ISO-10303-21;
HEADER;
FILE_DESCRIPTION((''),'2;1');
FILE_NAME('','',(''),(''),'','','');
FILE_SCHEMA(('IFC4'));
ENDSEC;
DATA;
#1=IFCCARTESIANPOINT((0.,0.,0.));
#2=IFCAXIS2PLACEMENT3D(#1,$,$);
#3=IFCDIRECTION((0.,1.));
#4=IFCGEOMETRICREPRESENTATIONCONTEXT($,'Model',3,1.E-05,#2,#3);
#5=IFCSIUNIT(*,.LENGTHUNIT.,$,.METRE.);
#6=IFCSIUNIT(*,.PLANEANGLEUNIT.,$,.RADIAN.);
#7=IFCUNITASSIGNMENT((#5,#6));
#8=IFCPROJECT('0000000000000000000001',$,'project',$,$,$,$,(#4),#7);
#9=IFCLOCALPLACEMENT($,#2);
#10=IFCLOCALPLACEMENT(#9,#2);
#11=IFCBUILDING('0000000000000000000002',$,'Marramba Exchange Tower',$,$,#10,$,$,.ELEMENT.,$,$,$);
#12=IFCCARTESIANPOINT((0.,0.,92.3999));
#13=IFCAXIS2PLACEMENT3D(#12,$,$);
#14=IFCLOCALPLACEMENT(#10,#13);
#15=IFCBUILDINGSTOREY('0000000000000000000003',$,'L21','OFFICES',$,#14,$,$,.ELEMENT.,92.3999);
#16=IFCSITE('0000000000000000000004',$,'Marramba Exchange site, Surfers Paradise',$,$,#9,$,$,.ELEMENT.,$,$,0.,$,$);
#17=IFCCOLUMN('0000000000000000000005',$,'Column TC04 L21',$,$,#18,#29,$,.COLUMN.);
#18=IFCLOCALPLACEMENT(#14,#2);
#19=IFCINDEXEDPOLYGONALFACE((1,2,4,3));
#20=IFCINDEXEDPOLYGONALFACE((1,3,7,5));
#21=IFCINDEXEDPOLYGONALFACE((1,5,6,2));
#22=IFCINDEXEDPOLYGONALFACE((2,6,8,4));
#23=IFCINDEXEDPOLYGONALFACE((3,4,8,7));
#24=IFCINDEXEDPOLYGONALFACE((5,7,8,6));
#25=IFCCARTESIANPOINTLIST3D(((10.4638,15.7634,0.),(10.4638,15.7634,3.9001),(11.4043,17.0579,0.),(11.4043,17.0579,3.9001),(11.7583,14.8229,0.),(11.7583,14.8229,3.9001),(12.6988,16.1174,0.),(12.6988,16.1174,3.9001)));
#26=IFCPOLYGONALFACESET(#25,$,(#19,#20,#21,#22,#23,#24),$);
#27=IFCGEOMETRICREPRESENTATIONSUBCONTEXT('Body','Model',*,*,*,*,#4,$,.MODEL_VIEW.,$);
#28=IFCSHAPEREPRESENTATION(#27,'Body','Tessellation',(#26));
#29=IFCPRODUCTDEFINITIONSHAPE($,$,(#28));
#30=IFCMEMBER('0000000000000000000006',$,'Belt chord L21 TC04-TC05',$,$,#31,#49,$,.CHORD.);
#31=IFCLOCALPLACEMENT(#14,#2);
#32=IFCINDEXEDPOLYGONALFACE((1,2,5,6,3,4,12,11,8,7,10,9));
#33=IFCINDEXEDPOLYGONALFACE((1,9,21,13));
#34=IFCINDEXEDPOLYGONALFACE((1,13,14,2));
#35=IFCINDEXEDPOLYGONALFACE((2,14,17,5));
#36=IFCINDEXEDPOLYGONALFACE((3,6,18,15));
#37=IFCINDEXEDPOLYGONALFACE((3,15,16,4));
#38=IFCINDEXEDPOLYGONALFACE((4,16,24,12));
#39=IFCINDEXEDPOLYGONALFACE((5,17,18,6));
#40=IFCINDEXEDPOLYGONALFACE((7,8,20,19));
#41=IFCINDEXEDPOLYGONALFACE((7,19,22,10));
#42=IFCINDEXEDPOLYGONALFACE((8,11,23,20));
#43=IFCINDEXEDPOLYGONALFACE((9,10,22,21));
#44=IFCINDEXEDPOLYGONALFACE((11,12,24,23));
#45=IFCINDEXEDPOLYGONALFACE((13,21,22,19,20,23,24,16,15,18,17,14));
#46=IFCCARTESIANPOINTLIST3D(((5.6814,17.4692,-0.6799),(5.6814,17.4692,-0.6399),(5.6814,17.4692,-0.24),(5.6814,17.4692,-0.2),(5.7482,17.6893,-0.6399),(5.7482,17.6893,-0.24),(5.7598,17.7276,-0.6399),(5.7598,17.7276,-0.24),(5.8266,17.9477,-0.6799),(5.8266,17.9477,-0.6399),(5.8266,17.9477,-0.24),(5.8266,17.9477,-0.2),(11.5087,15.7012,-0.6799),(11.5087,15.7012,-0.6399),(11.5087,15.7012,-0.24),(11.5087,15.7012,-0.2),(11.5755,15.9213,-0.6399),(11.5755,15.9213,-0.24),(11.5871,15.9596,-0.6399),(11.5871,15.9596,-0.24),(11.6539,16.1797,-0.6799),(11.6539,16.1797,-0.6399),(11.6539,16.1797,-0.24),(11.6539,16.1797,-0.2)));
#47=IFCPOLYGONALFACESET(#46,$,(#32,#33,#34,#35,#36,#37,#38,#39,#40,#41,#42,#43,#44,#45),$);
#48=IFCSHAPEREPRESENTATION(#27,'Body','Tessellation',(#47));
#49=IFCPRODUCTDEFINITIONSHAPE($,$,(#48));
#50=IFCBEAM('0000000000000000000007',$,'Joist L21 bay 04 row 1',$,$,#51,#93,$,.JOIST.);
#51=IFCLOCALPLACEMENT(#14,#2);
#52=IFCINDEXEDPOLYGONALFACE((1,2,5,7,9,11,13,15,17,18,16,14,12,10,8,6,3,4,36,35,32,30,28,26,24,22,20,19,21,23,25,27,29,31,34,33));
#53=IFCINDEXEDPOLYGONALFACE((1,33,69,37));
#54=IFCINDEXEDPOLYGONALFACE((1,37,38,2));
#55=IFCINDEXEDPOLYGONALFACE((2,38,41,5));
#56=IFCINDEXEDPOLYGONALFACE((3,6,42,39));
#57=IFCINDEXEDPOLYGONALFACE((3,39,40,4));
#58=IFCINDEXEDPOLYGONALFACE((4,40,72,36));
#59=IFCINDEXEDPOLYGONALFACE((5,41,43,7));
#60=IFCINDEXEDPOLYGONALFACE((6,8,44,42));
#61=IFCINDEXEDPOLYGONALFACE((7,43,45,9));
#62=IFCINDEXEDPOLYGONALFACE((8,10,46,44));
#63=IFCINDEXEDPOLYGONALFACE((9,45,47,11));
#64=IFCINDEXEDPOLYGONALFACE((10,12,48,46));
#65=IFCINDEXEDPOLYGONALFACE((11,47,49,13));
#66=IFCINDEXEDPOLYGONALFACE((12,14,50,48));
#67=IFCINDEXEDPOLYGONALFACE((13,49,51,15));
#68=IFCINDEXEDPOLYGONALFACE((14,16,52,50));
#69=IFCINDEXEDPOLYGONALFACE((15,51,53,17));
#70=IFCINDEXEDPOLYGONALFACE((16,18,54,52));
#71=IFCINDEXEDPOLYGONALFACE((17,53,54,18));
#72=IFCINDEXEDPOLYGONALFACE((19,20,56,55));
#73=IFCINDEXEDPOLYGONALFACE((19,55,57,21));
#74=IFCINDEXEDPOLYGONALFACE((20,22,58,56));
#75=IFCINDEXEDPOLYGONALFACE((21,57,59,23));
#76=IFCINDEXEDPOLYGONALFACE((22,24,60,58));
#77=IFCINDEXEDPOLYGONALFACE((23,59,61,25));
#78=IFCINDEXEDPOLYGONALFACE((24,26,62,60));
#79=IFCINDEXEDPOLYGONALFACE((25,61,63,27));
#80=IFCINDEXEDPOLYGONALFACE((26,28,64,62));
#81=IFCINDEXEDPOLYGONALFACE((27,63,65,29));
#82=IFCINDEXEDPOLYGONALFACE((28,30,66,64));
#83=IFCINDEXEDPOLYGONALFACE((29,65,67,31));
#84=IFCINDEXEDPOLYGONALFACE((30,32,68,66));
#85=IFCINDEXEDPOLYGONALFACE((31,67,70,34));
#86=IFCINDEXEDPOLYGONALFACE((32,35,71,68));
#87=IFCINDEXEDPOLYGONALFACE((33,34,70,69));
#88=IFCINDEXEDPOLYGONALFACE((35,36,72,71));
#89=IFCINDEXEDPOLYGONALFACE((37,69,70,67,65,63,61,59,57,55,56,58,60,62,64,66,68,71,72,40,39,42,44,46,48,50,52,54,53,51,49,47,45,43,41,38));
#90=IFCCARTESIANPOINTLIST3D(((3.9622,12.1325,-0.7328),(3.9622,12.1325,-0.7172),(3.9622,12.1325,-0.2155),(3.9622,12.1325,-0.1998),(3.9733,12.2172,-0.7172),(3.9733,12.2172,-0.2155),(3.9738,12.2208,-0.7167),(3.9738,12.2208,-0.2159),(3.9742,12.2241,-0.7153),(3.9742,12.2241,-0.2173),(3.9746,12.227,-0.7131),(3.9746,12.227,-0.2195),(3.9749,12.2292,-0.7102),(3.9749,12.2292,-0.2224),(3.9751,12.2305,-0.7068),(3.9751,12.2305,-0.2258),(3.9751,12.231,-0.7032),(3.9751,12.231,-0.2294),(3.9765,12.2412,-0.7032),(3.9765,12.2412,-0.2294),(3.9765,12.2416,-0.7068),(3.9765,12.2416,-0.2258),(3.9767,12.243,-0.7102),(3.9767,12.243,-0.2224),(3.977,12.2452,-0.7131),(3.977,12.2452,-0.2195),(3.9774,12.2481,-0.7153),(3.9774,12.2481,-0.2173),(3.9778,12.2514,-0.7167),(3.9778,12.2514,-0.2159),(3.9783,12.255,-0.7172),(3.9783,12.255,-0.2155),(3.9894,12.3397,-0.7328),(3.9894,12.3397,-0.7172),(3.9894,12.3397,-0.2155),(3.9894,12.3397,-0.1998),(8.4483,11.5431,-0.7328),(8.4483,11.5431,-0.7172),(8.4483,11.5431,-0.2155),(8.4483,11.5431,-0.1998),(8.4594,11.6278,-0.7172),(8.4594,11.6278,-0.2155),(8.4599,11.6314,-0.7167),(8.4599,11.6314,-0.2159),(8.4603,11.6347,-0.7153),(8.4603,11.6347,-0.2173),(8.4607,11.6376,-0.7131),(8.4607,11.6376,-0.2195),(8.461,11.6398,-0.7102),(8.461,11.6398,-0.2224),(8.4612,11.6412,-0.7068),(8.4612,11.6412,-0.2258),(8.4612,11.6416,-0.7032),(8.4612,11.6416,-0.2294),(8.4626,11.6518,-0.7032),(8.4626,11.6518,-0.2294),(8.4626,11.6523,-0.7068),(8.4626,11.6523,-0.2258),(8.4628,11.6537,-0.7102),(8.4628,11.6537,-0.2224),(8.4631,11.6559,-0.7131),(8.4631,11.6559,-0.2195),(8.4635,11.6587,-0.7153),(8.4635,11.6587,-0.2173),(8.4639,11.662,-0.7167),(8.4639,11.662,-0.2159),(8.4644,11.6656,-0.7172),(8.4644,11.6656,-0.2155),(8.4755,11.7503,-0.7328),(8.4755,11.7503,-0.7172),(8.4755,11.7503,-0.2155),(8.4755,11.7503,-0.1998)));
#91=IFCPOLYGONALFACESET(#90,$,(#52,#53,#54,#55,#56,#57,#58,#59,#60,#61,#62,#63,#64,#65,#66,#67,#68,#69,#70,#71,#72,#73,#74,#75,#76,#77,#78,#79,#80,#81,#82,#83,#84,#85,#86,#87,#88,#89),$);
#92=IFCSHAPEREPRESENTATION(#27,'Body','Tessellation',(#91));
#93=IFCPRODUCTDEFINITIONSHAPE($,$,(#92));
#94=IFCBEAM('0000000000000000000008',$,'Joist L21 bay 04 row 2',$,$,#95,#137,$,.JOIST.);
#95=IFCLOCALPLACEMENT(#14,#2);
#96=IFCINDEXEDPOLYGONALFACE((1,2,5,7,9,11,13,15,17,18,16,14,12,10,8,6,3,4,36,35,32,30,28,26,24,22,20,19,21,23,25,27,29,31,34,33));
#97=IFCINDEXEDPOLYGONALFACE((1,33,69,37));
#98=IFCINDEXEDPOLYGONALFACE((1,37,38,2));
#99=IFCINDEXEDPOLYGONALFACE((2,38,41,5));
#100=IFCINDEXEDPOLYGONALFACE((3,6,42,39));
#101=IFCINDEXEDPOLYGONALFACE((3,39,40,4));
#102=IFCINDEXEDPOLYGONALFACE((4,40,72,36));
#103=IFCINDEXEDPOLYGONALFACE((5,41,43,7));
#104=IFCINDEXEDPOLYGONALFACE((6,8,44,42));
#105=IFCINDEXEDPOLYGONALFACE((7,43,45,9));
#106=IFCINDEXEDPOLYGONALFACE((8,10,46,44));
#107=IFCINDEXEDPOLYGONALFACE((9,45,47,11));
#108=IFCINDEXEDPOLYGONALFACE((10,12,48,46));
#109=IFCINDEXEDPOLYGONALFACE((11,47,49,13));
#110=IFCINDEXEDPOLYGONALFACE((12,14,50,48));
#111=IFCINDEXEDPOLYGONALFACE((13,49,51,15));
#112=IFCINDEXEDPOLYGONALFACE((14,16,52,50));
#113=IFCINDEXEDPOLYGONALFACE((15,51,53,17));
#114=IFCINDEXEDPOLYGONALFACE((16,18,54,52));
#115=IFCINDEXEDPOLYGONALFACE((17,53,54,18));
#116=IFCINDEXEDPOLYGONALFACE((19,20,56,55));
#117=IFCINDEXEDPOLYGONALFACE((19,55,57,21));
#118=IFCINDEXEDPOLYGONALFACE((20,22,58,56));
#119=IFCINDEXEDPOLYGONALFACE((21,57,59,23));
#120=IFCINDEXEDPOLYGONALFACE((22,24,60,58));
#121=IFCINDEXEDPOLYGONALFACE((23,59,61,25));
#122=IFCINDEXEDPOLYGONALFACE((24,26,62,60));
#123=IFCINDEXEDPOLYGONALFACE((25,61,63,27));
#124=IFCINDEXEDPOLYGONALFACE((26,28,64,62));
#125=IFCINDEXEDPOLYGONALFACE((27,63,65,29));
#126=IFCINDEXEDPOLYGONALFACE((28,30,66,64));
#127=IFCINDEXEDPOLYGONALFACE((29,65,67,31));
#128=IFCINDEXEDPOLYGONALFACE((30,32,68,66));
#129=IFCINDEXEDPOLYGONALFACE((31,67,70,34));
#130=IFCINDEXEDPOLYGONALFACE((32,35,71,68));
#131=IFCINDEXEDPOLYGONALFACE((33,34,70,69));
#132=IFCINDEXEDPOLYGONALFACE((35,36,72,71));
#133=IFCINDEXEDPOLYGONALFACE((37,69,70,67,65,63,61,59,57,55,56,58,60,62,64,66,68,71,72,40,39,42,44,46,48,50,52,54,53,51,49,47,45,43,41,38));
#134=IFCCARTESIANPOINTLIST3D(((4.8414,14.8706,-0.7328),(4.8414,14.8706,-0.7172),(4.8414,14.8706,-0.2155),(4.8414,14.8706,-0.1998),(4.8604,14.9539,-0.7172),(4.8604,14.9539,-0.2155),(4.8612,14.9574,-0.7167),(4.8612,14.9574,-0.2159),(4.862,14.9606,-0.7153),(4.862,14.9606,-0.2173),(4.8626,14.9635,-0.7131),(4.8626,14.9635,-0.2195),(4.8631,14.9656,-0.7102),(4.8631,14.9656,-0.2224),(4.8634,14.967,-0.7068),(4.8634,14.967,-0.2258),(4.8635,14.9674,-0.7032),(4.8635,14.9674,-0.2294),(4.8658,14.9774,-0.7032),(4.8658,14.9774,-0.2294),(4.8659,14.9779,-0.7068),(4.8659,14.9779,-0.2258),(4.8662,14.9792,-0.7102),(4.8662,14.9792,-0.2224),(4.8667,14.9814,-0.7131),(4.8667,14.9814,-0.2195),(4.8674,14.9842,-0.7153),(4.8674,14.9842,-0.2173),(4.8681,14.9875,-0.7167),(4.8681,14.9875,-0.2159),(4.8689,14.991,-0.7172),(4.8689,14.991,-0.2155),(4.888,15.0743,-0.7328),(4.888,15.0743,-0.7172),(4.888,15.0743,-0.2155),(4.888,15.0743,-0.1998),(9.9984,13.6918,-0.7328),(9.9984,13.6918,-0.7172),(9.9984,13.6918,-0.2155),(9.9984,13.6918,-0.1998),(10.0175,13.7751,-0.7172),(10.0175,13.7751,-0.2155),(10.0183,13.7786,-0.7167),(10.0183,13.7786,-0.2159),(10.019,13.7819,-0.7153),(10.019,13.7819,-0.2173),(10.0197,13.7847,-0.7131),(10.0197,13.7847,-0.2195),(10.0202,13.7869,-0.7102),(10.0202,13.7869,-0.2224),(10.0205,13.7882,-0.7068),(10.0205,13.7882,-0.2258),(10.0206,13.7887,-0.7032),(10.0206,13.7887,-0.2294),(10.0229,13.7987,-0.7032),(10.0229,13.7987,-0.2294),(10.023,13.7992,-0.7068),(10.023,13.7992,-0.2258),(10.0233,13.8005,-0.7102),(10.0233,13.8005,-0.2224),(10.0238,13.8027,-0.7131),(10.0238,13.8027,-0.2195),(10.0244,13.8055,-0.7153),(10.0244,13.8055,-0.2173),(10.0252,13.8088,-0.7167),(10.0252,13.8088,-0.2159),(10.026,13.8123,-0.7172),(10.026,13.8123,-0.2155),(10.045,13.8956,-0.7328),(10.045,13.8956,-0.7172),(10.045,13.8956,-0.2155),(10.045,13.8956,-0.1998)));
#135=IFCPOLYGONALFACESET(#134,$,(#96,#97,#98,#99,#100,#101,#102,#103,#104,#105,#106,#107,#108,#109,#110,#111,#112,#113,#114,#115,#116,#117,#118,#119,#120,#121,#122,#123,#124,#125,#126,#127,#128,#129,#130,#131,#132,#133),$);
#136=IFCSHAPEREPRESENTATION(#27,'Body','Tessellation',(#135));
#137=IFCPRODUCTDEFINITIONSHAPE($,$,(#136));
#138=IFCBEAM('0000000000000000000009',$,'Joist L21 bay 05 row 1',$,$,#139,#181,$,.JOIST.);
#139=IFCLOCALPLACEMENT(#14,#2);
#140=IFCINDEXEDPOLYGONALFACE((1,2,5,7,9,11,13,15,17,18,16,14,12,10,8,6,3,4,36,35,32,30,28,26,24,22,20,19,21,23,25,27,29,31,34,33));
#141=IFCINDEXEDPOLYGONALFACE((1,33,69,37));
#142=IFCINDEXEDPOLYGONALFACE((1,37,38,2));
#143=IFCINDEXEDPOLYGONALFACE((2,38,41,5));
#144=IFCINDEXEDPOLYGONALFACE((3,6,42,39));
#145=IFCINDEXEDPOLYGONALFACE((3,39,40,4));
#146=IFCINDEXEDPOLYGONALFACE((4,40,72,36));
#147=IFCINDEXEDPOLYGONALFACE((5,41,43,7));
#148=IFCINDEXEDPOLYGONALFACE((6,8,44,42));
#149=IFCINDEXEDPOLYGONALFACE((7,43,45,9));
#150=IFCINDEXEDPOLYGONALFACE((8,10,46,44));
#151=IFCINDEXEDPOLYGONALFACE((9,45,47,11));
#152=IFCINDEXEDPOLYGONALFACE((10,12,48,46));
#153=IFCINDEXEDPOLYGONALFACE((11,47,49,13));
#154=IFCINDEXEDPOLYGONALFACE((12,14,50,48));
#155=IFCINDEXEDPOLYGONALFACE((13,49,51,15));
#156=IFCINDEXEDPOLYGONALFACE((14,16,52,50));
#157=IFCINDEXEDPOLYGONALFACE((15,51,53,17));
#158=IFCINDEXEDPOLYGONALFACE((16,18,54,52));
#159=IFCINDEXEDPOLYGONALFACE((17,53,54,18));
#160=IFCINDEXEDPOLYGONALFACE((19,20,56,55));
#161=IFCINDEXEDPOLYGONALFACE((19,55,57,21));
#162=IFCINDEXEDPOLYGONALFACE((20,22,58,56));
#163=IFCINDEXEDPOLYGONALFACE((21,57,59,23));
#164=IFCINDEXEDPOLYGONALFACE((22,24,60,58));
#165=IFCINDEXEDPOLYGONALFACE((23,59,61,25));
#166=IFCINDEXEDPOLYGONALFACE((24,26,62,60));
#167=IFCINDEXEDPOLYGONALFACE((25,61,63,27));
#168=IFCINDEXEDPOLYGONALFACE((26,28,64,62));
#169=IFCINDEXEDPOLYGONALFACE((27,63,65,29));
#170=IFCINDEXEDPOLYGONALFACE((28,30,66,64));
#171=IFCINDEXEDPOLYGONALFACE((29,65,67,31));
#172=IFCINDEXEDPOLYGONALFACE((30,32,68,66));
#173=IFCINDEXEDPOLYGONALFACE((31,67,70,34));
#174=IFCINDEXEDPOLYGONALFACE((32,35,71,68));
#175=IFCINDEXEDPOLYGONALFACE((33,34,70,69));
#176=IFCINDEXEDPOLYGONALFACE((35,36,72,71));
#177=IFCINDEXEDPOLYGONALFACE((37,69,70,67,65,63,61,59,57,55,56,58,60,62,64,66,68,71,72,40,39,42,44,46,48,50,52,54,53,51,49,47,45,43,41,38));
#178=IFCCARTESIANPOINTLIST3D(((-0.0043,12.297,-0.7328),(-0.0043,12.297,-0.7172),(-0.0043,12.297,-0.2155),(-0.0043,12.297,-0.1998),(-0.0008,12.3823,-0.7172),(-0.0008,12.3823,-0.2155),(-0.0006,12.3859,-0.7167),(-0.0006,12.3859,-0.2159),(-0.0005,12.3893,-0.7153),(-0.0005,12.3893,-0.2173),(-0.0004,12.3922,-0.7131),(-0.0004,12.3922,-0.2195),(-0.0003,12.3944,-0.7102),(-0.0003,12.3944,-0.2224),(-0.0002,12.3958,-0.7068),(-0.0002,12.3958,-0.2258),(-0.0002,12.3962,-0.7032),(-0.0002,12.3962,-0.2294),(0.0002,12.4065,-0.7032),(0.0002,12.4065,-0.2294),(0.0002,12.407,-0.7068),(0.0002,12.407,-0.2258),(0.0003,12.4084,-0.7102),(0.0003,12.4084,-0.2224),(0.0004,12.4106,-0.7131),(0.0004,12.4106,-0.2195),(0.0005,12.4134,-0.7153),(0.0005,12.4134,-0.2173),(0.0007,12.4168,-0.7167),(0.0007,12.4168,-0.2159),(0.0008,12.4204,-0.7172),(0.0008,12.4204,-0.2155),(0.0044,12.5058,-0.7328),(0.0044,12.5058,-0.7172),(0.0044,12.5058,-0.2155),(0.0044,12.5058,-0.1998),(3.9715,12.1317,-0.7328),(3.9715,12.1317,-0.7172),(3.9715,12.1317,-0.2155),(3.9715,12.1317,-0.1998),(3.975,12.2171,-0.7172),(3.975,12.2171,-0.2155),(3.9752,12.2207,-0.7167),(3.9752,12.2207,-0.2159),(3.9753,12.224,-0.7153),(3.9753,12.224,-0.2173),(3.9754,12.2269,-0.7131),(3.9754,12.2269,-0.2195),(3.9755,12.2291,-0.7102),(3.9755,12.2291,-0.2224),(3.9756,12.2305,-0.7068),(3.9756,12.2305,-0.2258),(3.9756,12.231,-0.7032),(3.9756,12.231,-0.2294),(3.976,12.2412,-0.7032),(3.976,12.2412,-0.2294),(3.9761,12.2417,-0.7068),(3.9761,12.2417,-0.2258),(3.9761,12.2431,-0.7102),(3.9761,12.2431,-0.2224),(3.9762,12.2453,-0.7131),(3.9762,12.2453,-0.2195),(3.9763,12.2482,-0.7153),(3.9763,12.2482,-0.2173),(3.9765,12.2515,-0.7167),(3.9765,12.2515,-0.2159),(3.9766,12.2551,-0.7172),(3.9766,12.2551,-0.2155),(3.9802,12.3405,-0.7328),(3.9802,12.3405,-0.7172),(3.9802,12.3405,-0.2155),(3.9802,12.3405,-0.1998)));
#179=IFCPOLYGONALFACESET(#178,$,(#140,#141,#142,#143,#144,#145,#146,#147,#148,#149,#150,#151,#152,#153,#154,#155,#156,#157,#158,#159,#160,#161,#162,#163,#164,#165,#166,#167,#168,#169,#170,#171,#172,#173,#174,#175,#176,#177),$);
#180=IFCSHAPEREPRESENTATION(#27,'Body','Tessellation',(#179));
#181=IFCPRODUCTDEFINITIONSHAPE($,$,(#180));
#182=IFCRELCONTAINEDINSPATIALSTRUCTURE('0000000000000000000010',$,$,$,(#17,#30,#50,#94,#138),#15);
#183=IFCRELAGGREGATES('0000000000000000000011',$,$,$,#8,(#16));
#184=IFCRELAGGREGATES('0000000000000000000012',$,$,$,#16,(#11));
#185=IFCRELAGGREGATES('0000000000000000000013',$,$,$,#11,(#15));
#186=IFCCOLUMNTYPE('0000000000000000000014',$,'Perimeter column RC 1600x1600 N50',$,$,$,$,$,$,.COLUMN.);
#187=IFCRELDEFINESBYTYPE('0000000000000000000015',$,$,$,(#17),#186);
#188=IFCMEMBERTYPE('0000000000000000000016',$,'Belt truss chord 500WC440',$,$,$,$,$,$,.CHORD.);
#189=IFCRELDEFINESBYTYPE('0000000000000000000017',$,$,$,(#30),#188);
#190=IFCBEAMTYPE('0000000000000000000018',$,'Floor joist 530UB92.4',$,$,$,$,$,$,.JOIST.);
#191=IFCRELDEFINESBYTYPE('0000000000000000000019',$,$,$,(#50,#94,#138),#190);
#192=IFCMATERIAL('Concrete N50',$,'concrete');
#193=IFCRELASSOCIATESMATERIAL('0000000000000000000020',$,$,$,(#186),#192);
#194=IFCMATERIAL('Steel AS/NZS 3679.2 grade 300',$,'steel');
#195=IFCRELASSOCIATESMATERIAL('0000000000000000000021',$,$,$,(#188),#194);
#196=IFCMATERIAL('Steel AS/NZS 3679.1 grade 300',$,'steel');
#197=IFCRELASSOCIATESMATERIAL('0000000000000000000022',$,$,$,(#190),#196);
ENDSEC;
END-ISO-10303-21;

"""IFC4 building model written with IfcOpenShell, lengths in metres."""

from ifc_helpers import new_model, si_unit, direction, frame, origin, origin_2d, place, context, subcontext, project, spatial, rectangle, i_section, extrude, material, material_profile, profile_set, type_object, element, save


model = new_model("IFC4")

# Units and contexts
model_context = context("Model", 3, precision=1e-05, world=origin(), true_north=direction((0.0, 1.0)))
body_context = subcontext(model_context, "Body", "Model", "MODEL_VIEW")
ifc_project = project(units=[si_unit("LENGTHUNIT", "METRE"), si_unit("PLANEANGLEUNIT", "RADIAN")], contexts=[model_context])

# Site, building, storey
site_placement = place(None, origin())
site = spatial("IfcSite", under=ifc_project, at=site_placement, Name="Marramba Exchange site, Surfers Paradise", CompositionType="ELEMENT", RefElevation=0.0)
building_placement = place(site_placement, origin())
building = spatial("IfcBuilding", under=site, at=building_placement, Name="Marramba Exchange Tower", CompositionType="ELEMENT")
storey_placement = place(building_placement, frame((0.0, 0.0, 92.3999)))
storey = spatial("IfcBuildingStorey", under=building, at=storey_placement, Name="L21", Description="OFFICES", CompositionType="ELEMENT", Elevation=92.3999)

# Column
ifc_material_1 = material(Name="Concrete N50", Category="concrete")
ifc_material_profile_1 = material_profile(ifc_material_1, rectangle(XDim=1.6001, YDim=1.6001, at=origin_2d()), Name="RC 1600x1600")
ifc_profile_set_1 = profile_set([ifc_material_profile_1], Name="Concrete N50")
column_type = type_object("IfcColumnType", Name="Perimeter column RC 1600x1600 N50", PredefinedType="COLUMN", material=ifc_profile_set_1)
column_placement = place(storey_placement, frame((11.5813, 15.9404, 0.0), z_axis=(0.0, 0.0, 1.0), x_axis=(0.587785, 0.809017, 0.0)))
element("IfcColumn", 1, at=column_placement, inside=storey, type_object=column_type, Name="Column TC04 L21", PredefinedType="COLUMN", context=body_context, shape_type="SweptSolid", body=[
    extrude(rectangle(XDim=1.6001, YDim=1.6001, at=origin_2d()), origin(), (0.0, 0.0, 1.0), 3.9001),
])

# Member
ifc_material_2 = material(Name="Steel AS/NZS 3679.2 grade 300", Category="steel")
ifc_material_profile_2 = material_profile(ifc_material_2, i_section(OverallWidth=0.5, OverallDepth=0.48, WebThickness=0.04, FlangeThickness=0.04, at=origin_2d()), Name="500WC440")
ifc_profile_set_2 = profile_set([ifc_material_profile_2], Name="Steel AS/NZS 3679.2 grade 300")
member_type = type_object("IfcMemberType", Name="Belt truss chord 500WC440", PredefinedType="CHORD", material=ifc_profile_set_2)
member_placement = place(storey_placement, frame((11.5813, 15.9404, -0.4399), z_axis=(-0.956925, 0.290337, 0.0), x_axis=(-0.290337, -0.956925, 0.0)))
element("IfcMember", 2, at=member_placement, inside=storey, type_object=member_type, Name="Belt chord L21 TC04-TC05", PredefinedType="CHORD", context=body_context, shape_type="SweptSolid", body=[
    extrude(i_section(OverallWidth=0.5, OverallDepth=0.48, WebThickness=0.04, FlangeThickness=0.04, at=origin_2d()), origin(), (0.0, 0.0, 1.0), 6.0896),
])

# Beams
ifc_material_3 = material(Name="Steel AS/NZS 3679.1 grade 300", Category="steel")
ifc_material_profile_3 = material_profile(ifc_material_3, i_section(OverallWidth=0.209, OverallDepth=0.533, WebThickness=0.0103, FlangeThickness=0.0156, FilletRadius=0.0139, at=origin_2d()), Name="530UB92.4")
ifc_profile_set_3 = profile_set([ifc_material_profile_3], Name="Steel AS/NZS 3679.1 grade 300")
beam_type_1 = type_object("IfcBeamType", Name="Floor joist 530UB92.4", PredefinedType="JOIST", material=ifc_profile_set_3)
beam_1_placement = place(storey_placement, frame((8.4619, 11.6467, -0.4663), z_axis=(-0.991481, 0.130255, 0.0), x_axis=(-0.130255, -0.991481, 0.0)))
element("IfcBeam", 3, at=beam_1_placement, inside=storey, type_object=beam_type_1, Name="Joist L21 bay 04 row 1", PredefinedType="JOIST", context=body_context, shape_type="SweptSolid", body=[
    extrude(i_section(OverallWidth=0.209, OverallDepth=0.533, WebThickness=0.0103, FlangeThickness=0.0156, FilletRadius=0.0139, at=origin_2d()), origin(), (0.0, 0.0, 1.0), 4.5247),
])
beam_2_placement = place(storey_placement, frame((10.0217, 13.7937, -0.4663), z_axis=(-0.97486, 0.22282, 0.0), x_axis=(-0.22282, -0.97486, 0.0)))
element("IfcBeam", 4, at=beam_2_placement, inside=storey, type_object=beam_type_1, Name="Joist L21 bay 04 row 2", PredefinedType="JOIST", context=body_context, shape_type="SweptSolid", body=[
    extrude(i_section(OverallWidth=0.209, OverallDepth=0.533, WebThickness=0.0103, FlangeThickness=0.0156, FilletRadius=0.0139, at=origin_2d()), origin(), (0.0, 0.0, 1.0), 5.29),
])
beam_3_placement = place(storey_placement, frame((3.9758, 12.2361, -0.4663), z_axis=(-0.999137, 0.041536, 0.0), x_axis=(-0.041536, -0.999137, 0.0)))
element("IfcBeam", 5, at=beam_3_placement, inside=storey, type_object=beam_type_1, Name="Joist L21 bay 05 row 1", PredefinedType="JOIST", context=body_context, shape_type="SweptSolid", body=[
    extrude(i_section(OverallWidth=0.209, OverallDepth=0.533, WebThickness=0.0103, FlangeThickness=0.0156, FilletRadius=0.0139, at=origin_2d()), origin(), (0.0, 0.0, 1.0), 3.9792),
])

save(model, "model.ifc")
